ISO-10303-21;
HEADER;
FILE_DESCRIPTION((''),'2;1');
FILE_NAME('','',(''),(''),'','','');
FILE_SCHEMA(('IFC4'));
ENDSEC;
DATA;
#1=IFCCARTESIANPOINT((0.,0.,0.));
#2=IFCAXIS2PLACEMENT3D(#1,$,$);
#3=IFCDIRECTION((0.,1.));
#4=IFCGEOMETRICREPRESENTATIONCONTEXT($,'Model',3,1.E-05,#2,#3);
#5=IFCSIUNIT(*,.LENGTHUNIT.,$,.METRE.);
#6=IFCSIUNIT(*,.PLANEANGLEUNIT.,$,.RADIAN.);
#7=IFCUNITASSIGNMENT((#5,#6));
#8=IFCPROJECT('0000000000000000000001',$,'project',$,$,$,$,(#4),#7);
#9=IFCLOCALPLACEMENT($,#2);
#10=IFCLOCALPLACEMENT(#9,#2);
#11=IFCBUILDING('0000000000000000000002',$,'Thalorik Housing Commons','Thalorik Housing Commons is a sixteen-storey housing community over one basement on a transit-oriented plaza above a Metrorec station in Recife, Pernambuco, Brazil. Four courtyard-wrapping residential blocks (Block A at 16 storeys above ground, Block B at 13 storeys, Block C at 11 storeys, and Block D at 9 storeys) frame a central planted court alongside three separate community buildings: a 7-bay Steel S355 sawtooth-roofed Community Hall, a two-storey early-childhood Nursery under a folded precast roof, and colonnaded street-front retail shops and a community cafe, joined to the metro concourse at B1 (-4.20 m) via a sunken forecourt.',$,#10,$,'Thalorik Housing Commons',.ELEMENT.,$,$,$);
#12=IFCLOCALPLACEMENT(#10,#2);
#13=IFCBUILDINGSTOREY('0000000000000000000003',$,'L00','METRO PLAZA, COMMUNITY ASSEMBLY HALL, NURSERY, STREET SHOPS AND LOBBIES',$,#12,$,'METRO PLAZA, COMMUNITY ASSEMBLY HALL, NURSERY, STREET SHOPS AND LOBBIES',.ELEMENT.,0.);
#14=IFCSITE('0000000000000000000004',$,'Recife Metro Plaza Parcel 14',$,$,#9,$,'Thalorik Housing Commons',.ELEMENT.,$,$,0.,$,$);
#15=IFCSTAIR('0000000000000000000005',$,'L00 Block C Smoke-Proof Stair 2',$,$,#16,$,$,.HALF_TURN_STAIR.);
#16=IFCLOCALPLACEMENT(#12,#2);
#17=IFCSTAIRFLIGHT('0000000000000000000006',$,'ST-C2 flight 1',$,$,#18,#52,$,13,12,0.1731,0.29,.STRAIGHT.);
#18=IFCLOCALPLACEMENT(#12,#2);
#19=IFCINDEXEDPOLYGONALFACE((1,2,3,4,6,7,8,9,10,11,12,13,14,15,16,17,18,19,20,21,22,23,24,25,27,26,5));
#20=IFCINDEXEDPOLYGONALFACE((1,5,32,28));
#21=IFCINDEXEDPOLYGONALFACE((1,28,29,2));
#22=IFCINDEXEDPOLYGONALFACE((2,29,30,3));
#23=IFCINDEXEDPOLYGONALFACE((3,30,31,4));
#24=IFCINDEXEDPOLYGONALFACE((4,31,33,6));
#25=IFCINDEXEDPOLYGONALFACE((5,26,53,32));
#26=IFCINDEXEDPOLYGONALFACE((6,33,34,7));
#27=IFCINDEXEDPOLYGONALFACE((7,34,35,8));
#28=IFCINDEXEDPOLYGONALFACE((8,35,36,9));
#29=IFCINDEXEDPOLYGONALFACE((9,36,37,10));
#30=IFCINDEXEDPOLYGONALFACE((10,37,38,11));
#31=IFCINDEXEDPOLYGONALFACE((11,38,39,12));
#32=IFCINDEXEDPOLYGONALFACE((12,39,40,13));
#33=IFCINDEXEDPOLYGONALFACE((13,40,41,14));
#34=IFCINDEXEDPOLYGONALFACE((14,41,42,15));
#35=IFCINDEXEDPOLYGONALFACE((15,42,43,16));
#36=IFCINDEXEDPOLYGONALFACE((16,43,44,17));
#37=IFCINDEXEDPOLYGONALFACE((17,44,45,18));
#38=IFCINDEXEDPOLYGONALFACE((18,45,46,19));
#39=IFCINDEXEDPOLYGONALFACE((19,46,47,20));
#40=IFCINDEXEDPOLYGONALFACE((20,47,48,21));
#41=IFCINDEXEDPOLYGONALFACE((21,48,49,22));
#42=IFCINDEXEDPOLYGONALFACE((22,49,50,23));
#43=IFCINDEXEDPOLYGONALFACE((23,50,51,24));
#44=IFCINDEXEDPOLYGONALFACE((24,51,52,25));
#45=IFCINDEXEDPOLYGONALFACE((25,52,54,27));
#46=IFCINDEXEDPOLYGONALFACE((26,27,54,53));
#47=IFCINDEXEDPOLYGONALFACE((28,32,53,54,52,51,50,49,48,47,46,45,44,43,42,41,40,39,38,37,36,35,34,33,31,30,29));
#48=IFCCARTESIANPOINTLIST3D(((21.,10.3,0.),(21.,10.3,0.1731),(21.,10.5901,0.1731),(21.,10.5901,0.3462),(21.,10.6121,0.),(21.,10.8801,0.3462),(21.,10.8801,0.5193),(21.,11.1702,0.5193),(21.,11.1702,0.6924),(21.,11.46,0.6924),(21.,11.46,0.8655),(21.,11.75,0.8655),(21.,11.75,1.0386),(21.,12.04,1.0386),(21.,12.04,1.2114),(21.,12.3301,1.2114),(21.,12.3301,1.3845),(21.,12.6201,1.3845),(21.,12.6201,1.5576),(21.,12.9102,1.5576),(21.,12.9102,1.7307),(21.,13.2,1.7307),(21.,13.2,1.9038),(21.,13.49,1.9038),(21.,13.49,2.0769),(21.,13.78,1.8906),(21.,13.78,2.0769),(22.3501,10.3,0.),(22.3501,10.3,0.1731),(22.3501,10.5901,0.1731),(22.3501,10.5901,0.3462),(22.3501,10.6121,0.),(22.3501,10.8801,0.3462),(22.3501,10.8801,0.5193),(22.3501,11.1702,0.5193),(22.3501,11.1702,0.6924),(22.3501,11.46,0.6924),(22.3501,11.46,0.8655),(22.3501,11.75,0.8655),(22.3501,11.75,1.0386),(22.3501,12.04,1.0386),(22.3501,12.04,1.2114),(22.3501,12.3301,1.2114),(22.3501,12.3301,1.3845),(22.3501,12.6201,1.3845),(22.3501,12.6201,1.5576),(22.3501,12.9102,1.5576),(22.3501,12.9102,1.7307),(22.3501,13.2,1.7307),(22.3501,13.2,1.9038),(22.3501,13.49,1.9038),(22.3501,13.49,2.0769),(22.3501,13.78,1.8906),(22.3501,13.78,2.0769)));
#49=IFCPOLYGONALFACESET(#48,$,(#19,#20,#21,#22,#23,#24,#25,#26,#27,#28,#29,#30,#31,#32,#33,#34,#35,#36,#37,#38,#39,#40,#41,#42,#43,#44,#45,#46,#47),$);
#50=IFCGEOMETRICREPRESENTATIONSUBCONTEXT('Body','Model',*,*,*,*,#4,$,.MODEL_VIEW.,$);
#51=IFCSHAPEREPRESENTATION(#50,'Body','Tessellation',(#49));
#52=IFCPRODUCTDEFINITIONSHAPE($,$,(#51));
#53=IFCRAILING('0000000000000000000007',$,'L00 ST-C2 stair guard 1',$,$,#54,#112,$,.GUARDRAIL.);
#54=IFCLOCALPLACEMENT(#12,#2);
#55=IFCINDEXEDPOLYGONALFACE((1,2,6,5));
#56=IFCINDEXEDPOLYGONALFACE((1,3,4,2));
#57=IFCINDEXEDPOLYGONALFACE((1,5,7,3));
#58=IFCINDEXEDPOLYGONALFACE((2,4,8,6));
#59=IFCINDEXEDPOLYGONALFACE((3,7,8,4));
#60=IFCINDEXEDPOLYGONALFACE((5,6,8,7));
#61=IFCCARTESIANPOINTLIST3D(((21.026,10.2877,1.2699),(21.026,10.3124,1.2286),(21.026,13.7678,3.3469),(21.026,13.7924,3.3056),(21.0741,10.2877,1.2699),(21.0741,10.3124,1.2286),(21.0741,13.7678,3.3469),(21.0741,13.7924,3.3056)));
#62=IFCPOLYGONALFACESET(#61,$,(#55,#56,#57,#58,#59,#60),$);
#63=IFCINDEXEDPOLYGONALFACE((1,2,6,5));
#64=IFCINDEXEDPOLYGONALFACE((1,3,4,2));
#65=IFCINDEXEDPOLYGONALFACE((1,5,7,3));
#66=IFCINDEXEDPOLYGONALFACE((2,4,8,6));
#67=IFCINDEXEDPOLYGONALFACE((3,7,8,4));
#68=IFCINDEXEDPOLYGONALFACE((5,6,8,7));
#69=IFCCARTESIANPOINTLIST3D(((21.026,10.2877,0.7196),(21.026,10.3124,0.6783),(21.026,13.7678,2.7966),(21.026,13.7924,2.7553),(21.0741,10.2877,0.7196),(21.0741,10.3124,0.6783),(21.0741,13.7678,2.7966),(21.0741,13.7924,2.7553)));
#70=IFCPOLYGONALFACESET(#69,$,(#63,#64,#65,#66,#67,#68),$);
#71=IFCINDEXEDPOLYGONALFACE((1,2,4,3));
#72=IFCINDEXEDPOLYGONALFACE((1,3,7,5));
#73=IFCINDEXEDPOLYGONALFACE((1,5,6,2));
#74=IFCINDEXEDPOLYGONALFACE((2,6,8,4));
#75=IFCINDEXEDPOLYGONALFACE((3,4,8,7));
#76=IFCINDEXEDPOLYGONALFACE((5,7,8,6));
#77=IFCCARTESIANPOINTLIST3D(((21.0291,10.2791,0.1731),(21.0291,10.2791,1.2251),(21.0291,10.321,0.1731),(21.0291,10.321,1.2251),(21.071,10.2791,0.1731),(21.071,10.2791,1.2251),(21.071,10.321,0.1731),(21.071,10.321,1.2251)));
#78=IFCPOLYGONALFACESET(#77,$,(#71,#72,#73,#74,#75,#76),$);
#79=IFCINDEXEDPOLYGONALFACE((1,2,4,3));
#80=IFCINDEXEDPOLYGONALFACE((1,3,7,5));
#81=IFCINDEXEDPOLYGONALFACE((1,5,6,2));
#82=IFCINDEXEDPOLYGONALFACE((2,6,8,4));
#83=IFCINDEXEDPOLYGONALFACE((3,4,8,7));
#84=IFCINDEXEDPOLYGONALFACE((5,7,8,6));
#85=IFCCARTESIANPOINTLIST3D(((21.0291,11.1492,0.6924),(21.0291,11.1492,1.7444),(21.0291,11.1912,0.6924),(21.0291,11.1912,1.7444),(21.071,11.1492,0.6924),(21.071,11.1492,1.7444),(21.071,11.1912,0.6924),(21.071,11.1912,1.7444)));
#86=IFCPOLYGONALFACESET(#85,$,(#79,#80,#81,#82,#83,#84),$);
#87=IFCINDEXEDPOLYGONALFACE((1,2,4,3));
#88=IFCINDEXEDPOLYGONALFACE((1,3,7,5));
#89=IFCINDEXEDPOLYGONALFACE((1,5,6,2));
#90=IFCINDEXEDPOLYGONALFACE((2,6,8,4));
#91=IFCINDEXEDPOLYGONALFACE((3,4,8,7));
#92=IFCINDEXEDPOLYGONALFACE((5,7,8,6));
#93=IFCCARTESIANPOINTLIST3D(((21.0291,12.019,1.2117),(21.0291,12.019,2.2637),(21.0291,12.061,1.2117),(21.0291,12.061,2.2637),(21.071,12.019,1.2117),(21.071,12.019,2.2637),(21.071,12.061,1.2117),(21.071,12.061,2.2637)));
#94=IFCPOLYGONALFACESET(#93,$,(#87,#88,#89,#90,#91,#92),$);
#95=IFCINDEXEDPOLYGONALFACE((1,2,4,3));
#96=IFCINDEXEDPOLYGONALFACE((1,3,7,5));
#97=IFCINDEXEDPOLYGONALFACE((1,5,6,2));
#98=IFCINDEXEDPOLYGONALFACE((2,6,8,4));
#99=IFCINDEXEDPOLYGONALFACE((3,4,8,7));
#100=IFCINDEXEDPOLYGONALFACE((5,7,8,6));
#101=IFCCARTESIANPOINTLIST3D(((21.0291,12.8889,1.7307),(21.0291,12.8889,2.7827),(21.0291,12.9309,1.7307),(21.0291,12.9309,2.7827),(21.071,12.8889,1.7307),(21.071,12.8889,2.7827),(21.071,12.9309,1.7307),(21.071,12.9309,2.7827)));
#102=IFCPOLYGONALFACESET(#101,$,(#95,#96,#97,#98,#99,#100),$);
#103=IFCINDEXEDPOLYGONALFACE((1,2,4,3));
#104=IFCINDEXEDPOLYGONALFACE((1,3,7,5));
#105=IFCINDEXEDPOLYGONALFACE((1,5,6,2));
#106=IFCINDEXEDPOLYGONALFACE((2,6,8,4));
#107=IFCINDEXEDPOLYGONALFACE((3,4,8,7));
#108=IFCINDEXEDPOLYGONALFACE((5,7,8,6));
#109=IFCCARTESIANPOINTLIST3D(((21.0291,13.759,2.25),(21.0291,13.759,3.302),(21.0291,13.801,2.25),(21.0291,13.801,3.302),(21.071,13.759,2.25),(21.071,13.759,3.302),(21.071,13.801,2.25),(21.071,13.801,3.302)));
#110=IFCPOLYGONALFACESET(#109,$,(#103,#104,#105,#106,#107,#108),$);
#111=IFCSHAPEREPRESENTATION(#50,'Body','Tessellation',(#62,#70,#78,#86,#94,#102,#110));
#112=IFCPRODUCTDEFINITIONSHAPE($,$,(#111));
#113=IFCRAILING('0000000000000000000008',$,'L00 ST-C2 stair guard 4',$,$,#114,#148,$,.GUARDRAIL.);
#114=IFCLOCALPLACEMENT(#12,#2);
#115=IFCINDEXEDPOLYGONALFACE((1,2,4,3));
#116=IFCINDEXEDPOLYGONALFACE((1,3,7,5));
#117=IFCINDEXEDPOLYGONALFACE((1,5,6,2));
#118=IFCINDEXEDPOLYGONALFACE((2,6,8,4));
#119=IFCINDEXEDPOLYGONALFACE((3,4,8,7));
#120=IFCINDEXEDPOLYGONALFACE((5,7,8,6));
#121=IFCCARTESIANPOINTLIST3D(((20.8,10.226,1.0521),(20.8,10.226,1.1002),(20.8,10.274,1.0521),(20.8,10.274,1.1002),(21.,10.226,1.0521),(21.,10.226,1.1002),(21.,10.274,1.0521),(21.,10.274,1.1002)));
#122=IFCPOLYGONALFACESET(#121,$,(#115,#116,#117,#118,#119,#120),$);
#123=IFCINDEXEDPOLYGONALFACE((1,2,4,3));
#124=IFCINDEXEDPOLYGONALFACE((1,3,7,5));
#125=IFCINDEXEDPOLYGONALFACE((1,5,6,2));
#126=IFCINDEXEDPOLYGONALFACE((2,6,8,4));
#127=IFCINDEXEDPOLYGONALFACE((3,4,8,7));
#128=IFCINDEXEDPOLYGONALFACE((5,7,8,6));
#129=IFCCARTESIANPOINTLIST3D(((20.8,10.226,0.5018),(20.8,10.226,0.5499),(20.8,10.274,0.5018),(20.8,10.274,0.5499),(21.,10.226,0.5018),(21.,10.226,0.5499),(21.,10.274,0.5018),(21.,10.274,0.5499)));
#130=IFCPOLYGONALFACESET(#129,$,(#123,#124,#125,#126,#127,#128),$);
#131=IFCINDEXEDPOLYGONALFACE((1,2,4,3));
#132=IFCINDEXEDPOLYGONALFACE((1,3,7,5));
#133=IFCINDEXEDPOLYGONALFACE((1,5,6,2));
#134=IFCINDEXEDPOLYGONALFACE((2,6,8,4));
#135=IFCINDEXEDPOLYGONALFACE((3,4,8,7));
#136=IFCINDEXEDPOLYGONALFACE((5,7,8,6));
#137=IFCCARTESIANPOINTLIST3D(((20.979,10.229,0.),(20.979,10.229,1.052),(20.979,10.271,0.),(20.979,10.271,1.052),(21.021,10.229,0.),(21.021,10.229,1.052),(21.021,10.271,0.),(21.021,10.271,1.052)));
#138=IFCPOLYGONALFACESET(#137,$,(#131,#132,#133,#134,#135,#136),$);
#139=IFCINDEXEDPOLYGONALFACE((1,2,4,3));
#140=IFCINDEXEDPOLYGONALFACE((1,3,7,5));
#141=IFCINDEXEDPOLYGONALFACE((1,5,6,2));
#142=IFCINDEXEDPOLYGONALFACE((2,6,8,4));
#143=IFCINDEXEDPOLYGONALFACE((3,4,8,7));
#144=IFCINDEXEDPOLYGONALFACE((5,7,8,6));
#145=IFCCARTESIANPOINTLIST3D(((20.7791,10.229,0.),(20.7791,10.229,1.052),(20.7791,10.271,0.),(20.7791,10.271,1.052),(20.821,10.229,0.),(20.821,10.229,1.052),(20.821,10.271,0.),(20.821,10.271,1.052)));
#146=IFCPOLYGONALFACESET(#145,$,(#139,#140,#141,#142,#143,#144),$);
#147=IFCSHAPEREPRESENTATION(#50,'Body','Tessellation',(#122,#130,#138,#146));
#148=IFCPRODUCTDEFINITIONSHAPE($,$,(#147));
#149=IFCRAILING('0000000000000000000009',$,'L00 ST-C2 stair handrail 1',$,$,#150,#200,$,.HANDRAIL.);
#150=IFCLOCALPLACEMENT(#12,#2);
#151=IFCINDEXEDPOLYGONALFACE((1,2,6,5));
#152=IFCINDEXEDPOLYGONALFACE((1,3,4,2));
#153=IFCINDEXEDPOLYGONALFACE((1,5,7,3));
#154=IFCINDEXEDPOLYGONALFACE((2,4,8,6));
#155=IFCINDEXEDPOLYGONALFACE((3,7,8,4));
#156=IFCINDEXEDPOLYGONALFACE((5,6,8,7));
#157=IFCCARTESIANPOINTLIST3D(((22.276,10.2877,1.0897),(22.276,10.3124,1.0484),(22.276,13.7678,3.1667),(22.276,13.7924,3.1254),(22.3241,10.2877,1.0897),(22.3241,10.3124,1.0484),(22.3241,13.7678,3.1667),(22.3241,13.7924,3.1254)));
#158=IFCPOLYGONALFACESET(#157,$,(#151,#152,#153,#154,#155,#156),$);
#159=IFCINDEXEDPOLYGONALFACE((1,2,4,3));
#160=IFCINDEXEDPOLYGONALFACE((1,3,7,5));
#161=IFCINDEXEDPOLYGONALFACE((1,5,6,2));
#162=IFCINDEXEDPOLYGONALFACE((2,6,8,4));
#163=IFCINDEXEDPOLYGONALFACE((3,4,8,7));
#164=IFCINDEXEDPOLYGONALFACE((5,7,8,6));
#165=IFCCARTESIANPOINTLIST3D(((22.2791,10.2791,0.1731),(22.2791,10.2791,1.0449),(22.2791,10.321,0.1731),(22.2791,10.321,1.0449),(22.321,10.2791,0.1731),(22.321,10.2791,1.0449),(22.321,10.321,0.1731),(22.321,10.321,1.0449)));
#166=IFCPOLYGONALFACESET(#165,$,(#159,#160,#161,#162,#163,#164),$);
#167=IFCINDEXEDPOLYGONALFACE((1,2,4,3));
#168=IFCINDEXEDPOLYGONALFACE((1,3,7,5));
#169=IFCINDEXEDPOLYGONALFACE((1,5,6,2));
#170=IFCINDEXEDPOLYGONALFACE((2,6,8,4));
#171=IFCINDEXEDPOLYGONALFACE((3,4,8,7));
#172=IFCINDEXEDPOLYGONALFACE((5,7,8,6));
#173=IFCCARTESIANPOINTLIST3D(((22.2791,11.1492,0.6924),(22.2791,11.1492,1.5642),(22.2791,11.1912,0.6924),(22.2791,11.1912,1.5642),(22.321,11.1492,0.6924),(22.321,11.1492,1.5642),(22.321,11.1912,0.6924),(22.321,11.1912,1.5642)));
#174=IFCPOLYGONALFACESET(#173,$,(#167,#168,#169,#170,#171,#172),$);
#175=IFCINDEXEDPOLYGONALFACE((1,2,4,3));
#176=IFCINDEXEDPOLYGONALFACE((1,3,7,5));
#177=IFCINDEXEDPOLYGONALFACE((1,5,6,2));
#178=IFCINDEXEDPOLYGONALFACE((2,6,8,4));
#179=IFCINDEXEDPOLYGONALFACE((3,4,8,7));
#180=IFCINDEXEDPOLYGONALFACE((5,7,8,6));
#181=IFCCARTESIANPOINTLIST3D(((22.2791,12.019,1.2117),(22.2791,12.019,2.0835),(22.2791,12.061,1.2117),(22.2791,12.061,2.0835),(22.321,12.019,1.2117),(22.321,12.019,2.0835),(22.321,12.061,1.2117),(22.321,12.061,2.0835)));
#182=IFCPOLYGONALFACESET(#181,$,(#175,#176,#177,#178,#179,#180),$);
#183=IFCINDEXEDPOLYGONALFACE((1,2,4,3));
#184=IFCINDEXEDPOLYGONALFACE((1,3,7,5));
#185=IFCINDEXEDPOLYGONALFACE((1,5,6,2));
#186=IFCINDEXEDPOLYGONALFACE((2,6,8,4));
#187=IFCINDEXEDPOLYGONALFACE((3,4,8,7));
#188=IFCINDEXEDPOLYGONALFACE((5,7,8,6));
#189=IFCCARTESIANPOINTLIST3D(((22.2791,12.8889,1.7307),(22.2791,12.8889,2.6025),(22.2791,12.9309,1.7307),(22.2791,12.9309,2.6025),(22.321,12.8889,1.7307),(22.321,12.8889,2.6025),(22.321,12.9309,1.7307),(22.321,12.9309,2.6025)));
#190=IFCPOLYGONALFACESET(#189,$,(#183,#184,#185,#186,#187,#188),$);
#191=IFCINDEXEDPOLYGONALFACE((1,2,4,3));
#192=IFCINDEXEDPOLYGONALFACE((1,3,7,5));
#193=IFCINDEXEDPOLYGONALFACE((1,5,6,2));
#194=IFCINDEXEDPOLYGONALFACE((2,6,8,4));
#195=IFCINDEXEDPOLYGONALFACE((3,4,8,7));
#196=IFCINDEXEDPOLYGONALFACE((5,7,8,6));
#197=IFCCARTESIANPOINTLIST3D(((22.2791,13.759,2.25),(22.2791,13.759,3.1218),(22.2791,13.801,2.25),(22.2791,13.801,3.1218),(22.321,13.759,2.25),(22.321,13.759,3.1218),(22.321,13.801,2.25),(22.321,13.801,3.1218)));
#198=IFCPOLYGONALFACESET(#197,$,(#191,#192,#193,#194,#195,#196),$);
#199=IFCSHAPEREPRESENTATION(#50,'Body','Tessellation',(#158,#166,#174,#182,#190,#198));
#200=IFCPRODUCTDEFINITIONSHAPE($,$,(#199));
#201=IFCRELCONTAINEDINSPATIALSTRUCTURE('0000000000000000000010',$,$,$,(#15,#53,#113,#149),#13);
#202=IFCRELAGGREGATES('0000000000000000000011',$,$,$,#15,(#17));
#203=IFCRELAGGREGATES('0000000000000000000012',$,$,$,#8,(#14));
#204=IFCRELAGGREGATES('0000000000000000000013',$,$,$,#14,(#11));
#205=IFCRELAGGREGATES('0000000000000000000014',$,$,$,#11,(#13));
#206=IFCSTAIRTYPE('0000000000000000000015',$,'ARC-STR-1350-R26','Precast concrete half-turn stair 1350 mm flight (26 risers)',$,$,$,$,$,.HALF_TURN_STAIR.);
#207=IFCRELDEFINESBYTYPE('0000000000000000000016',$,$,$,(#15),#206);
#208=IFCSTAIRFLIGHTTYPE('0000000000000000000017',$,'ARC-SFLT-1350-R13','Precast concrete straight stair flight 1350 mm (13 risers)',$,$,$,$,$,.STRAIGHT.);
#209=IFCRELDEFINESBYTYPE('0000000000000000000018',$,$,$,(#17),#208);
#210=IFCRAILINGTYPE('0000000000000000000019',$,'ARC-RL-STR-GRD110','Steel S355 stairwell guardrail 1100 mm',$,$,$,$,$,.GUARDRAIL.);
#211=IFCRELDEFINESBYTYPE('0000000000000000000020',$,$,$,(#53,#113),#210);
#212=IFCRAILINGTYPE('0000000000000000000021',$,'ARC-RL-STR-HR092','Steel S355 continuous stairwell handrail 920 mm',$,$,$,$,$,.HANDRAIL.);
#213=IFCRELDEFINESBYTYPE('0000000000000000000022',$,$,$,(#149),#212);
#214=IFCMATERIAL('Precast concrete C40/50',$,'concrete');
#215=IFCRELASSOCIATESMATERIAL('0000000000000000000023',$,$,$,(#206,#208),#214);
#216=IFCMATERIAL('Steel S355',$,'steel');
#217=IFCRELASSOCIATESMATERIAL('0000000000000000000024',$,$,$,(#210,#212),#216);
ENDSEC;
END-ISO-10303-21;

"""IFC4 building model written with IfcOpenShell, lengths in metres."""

from ifc_helpers import new_model, si_unit, direction, frame, origin, origin_2d, place, context, subcontext, project, spatial, polyline, rectangle, outline, extrude, material, type_object, element, aggregate, save


model = new_model("IFC4")

# Units and contexts
model_context = context("Model", 3, precision=1e-05, world=origin(), true_north=direction((0.0, 1.0)))
body_context = subcontext(model_context, "Body", "Model", "MODEL_VIEW")
ifc_project = project(units=[si_unit("LENGTHUNIT", "METRE"), si_unit("PLANEANGLEUNIT", "RADIAN")], contexts=[model_context])

# Site, building, storey
site_placement = place(None, origin())
site = spatial("IfcSite", under=ifc_project, at=site_placement, Name="Recife Metro Plaza Parcel 14", LongName="Thalorik Housing Commons", CompositionType="ELEMENT", RefElevation=0.0)
building_placement = place(site_placement, origin())
building = spatial("IfcBuilding", under=site, at=building_placement, Name="Thalorik Housing Commons", Description="Thalorik Housing Commons is a sixteen-storey housing community over one basement on a transit-oriented plaza above a Metrorec station in Recife, Pernambuco, Brazil. Four courtyard-wrapping residential blocks (Block A at 16 storeys above ground, Block B at 13 storeys, Block C at 11 storeys, and Block D at 9 storeys) frame a central planted court alongside three separate community buildings: a 7-bay Steel S355 sawtooth-roofed Community Hall, a two-storey early-childhood Nursery under a folded precast roof, and colonnaded street-front retail shops and a community cafe, joined to the metro concourse at B1 (-4.20 m) via a sunken forecourt.", LongName="Thalorik Housing Commons", CompositionType="ELEMENT")
storey_placement = place(building_placement, origin())
storey = spatial("IfcBuildingStorey", under=building, at=storey_placement, Name="L00", Description="METRO PLAZA, COMMUNITY ASSEMBLY HALL, NURSERY, STREET SHOPS AND LOBBIES", LongName="METRO PLAZA, COMMUNITY ASSEMBLY HALL, NURSERY, STREET SHOPS AND LOBBIES", CompositionType="ELEMENT", Elevation=0.0)

# Shared definitions
ifc_material_1 = material(Name="Precast concrete C40/50", Category="concrete")

# Shared definitions
ifc_material_2 = material(Name="Steel S355", Category="steel")

# Stair, stair flight
stair_type = type_object("IfcStairType", Name="ARC-STR-1350-R26", Description="Precast concrete half-turn stair 1350 mm flight (26 risers)", PredefinedType="HALF_TURN_STAIR", material=ifc_material_1)
stair_placement = place(storey_placement, origin())
stair = element("IfcStair", 1, at=stair_placement, inside=storey, type_object=stair_type, Name="L00 Block C Smoke-Proof Stair 2", PredefinedType="HALF_TURN_STAIR")
stair_flight_type = type_object("IfcStairFlightType", Name="ARC-SFLT-1350-R13", Description="Precast concrete straight stair flight 1350 mm (13 risers)", PredefinedType="STRAIGHT", material=ifc_material_1)
stair_flight_placement = place(storey_placement, frame((21.675, 10.3, 0.0), z_axis=(0.0, 0.0, 1.0), x_axis=(0.0, 1.0, 0.0)))
stair_flight = element("IfcStairFlight", 2, at=stair_flight_placement, type_object=stair_flight_type, Name="ST-C2 flight 1", NumberOfRisers=13, NumberOfTreads=12, PredefinedType="STRAIGHT", RiserHeight=0.1731, TreadLength=0.29, context=body_context, shape_type="SweptSolid", body=[
    extrude(outline(polyline([(0.0, 0.0), (0.0, 0.1731), (0.29, 0.1731), (0.29, 0.3462), (0.5801, 0.3462), (0.5801, 0.5193), (0.8701, 0.5193), (0.8701, 0.6924), (1.1599, 0.6924), (1.1599, 0.8655), (1.45, 0.8655), (1.45, 1.0386), (1.74, 1.0386), (1.74, 1.2114), (2.03, 1.2114), (2.03, 1.3845), (2.3201, 1.3845), (2.3201, 1.5576), (2.6101, 1.5576), (2.6101, 1.7307), (2.8999, 1.7307), (2.8999, 1.9038), (3.1899, 1.9038), (3.1899, 2.0769), (3.48, 2.0769), (3.48, 2.25), (3.48, 1.8906), (0.312, 0.0), (0.0, 0.0)])), frame((0.0, 0.675, 0.0), z_axis=(0.0, -1.0, 0.0), x_axis=(1.0, 0.0, 0.0)), (0.0, 0.0, 1.0), 1.3501),
])
aggregate(stair, [stair_flight])

# Railings
railing_type_1 = type_object("IfcRailingType", Name="ARC-RL-STR-GRD110", Description="Steel S355 stairwell guardrail 1100 mm", PredefinedType="GUARDRAIL", material=ifc_material_2)
railing_1_placement = place(storey_placement, frame((21.05, 10.3, 0.1731)))
element("IfcRailing", 3, at=railing_1_placement, inside=storey, type_object=railing_type_1, Name="L00 ST-C2 stair guard 1", PredefinedType="GUARDRAIL", context=body_context, shape_type="SweptSolid", body=[
    extrude(rectangle(XDim=0.0481, YDim=0.0481, at=origin_2d()), frame((0.0, 0.0, 1.0762), z_axis=(0.0, 0.858697, 0.512483), x_axis=(-1.0, 0.0, 0.0)), (0.0, 0.0, 1.0), 4.0527),
    extrude(rectangle(XDim=0.0481, YDim=0.0481, at=origin_2d()), frame((0.0, 0.0, 0.5259), z_axis=(0.0, 0.858697, 0.512483), x_axis=(-1.0, 0.0, 0.0)), (0.0, 0.0, 1.0), 4.0527),
    extrude(rectangle(XDim=0.042, YDim=0.042, at=origin_2d()), origin(), (0.0, 0.0, 1.0), 1.052),
    extrude(rectangle(XDim=0.042, YDim=0.042, at=origin_2d()), frame((0.0, 0.8701, 0.5193)), (0.0, 0.0, 1.0), 1.052),
    extrude(rectangle(XDim=0.042, YDim=0.042, at=origin_2d()), frame((0.0, 1.74, 1.0386)), (0.0, 0.0, 1.0), 1.052),
    extrude(rectangle(XDim=0.042, YDim=0.042, at=origin_2d()), frame((0.0, 2.6099, 1.5576)), (0.0, 0.0, 1.0), 1.052),
    extrude(rectangle(XDim=0.042, YDim=0.042, at=origin_2d()), frame((0.0, 3.48, 2.0769)), (0.0, 0.0, 1.0), 1.052),
])
railing_2_placement = place(storey_placement, frame((21.0, 10.25, 0.0)))
element("IfcRailing", 4, at=railing_2_placement, inside=storey, type_object=railing_type_1, Name="L00 ST-C2 stair guard 4", PredefinedType="GUARDRAIL", context=body_context, shape_type="SweptSolid", body=[
    extrude(rectangle(XDim=0.0481, YDim=0.0481, at=origin_2d()), frame((0.0, 0.0, 1.0762), z_axis=(-1.0, 0.0, 0.0), x_axis=(0.0, -1.0, 0.0)), (0.0, 0.0, 1.0), 0.2),
    extrude(rectangle(XDim=0.0481, YDim=0.0481, at=origin_2d()), frame((0.0, 0.0, 0.5259), z_axis=(-1.0, 0.0, 0.0), x_axis=(0.0, -1.0, 0.0)), (0.0, 0.0, 1.0), 0.2),
    extrude(rectangle(XDim=0.042, YDim=0.042, at=origin_2d()), origin(), (0.0, 0.0, 1.0), 1.052),
    extrude(rectangle(XDim=0.042, YDim=0.042, at=origin_2d()), frame((-0.2, 0.0, 0.0)), (0.0, 0.0, 1.0), 1.052),
])
railing_type_2 = type_object("IfcRailingType", Name="ARC-RL-STR-HR092", Description="Steel S355 continuous stairwell handrail 920 mm", PredefinedType="HANDRAIL", material=ifc_material_2)
railing_3_placement = place(storey_placement, frame((22.3, 10.3, 0.1731)))
element("IfcRailing", 5, at=railing_3_placement, inside=storey, type_object=railing_type_2, Name="L00 ST-C2 stair handrail 1", PredefinedType="HANDRAIL", context=body_context, shape_type="SweptSolid", body=[
    extrude(rectangle(XDim=0.0481, YDim=0.0481, at=origin_2d()), frame((0.0, 0.0, 0.896), z_axis=(0.0, 0.858697, 0.512483), x_axis=(-1.0, 0.0, 0.0)), (0.0, 0.0, 1.0), 4.0527),
    extrude(rectangle(XDim=0.042, YDim=0.042, at=origin_2d()), origin(), (0.0, 0.0, 1.0), 0.8718),
    extrude(rectangle(XDim=0.042, YDim=0.042, at=origin_2d()), frame((0.0, 0.8701, 0.5193)), (0.0, 0.0, 1.0), 0.8718),
    extrude(rectangle(XDim=0.042, YDim=0.042, at=origin_2d()), frame((0.0, 1.74, 1.0386)), (0.0, 0.0, 1.0), 0.8718),
    extrude(rectangle(XDim=0.042, YDim=0.042, at=origin_2d()), frame((0.0, 2.6099, 1.5576)), (0.0, 0.0, 1.0), 0.8718),
    extrude(rectangle(XDim=0.042, YDim=0.042, at=origin_2d()), frame((0.0, 3.48, 2.0769)), (0.0, 0.0, 1.0), 0.8718),
])

save(model, "model.ifc")
